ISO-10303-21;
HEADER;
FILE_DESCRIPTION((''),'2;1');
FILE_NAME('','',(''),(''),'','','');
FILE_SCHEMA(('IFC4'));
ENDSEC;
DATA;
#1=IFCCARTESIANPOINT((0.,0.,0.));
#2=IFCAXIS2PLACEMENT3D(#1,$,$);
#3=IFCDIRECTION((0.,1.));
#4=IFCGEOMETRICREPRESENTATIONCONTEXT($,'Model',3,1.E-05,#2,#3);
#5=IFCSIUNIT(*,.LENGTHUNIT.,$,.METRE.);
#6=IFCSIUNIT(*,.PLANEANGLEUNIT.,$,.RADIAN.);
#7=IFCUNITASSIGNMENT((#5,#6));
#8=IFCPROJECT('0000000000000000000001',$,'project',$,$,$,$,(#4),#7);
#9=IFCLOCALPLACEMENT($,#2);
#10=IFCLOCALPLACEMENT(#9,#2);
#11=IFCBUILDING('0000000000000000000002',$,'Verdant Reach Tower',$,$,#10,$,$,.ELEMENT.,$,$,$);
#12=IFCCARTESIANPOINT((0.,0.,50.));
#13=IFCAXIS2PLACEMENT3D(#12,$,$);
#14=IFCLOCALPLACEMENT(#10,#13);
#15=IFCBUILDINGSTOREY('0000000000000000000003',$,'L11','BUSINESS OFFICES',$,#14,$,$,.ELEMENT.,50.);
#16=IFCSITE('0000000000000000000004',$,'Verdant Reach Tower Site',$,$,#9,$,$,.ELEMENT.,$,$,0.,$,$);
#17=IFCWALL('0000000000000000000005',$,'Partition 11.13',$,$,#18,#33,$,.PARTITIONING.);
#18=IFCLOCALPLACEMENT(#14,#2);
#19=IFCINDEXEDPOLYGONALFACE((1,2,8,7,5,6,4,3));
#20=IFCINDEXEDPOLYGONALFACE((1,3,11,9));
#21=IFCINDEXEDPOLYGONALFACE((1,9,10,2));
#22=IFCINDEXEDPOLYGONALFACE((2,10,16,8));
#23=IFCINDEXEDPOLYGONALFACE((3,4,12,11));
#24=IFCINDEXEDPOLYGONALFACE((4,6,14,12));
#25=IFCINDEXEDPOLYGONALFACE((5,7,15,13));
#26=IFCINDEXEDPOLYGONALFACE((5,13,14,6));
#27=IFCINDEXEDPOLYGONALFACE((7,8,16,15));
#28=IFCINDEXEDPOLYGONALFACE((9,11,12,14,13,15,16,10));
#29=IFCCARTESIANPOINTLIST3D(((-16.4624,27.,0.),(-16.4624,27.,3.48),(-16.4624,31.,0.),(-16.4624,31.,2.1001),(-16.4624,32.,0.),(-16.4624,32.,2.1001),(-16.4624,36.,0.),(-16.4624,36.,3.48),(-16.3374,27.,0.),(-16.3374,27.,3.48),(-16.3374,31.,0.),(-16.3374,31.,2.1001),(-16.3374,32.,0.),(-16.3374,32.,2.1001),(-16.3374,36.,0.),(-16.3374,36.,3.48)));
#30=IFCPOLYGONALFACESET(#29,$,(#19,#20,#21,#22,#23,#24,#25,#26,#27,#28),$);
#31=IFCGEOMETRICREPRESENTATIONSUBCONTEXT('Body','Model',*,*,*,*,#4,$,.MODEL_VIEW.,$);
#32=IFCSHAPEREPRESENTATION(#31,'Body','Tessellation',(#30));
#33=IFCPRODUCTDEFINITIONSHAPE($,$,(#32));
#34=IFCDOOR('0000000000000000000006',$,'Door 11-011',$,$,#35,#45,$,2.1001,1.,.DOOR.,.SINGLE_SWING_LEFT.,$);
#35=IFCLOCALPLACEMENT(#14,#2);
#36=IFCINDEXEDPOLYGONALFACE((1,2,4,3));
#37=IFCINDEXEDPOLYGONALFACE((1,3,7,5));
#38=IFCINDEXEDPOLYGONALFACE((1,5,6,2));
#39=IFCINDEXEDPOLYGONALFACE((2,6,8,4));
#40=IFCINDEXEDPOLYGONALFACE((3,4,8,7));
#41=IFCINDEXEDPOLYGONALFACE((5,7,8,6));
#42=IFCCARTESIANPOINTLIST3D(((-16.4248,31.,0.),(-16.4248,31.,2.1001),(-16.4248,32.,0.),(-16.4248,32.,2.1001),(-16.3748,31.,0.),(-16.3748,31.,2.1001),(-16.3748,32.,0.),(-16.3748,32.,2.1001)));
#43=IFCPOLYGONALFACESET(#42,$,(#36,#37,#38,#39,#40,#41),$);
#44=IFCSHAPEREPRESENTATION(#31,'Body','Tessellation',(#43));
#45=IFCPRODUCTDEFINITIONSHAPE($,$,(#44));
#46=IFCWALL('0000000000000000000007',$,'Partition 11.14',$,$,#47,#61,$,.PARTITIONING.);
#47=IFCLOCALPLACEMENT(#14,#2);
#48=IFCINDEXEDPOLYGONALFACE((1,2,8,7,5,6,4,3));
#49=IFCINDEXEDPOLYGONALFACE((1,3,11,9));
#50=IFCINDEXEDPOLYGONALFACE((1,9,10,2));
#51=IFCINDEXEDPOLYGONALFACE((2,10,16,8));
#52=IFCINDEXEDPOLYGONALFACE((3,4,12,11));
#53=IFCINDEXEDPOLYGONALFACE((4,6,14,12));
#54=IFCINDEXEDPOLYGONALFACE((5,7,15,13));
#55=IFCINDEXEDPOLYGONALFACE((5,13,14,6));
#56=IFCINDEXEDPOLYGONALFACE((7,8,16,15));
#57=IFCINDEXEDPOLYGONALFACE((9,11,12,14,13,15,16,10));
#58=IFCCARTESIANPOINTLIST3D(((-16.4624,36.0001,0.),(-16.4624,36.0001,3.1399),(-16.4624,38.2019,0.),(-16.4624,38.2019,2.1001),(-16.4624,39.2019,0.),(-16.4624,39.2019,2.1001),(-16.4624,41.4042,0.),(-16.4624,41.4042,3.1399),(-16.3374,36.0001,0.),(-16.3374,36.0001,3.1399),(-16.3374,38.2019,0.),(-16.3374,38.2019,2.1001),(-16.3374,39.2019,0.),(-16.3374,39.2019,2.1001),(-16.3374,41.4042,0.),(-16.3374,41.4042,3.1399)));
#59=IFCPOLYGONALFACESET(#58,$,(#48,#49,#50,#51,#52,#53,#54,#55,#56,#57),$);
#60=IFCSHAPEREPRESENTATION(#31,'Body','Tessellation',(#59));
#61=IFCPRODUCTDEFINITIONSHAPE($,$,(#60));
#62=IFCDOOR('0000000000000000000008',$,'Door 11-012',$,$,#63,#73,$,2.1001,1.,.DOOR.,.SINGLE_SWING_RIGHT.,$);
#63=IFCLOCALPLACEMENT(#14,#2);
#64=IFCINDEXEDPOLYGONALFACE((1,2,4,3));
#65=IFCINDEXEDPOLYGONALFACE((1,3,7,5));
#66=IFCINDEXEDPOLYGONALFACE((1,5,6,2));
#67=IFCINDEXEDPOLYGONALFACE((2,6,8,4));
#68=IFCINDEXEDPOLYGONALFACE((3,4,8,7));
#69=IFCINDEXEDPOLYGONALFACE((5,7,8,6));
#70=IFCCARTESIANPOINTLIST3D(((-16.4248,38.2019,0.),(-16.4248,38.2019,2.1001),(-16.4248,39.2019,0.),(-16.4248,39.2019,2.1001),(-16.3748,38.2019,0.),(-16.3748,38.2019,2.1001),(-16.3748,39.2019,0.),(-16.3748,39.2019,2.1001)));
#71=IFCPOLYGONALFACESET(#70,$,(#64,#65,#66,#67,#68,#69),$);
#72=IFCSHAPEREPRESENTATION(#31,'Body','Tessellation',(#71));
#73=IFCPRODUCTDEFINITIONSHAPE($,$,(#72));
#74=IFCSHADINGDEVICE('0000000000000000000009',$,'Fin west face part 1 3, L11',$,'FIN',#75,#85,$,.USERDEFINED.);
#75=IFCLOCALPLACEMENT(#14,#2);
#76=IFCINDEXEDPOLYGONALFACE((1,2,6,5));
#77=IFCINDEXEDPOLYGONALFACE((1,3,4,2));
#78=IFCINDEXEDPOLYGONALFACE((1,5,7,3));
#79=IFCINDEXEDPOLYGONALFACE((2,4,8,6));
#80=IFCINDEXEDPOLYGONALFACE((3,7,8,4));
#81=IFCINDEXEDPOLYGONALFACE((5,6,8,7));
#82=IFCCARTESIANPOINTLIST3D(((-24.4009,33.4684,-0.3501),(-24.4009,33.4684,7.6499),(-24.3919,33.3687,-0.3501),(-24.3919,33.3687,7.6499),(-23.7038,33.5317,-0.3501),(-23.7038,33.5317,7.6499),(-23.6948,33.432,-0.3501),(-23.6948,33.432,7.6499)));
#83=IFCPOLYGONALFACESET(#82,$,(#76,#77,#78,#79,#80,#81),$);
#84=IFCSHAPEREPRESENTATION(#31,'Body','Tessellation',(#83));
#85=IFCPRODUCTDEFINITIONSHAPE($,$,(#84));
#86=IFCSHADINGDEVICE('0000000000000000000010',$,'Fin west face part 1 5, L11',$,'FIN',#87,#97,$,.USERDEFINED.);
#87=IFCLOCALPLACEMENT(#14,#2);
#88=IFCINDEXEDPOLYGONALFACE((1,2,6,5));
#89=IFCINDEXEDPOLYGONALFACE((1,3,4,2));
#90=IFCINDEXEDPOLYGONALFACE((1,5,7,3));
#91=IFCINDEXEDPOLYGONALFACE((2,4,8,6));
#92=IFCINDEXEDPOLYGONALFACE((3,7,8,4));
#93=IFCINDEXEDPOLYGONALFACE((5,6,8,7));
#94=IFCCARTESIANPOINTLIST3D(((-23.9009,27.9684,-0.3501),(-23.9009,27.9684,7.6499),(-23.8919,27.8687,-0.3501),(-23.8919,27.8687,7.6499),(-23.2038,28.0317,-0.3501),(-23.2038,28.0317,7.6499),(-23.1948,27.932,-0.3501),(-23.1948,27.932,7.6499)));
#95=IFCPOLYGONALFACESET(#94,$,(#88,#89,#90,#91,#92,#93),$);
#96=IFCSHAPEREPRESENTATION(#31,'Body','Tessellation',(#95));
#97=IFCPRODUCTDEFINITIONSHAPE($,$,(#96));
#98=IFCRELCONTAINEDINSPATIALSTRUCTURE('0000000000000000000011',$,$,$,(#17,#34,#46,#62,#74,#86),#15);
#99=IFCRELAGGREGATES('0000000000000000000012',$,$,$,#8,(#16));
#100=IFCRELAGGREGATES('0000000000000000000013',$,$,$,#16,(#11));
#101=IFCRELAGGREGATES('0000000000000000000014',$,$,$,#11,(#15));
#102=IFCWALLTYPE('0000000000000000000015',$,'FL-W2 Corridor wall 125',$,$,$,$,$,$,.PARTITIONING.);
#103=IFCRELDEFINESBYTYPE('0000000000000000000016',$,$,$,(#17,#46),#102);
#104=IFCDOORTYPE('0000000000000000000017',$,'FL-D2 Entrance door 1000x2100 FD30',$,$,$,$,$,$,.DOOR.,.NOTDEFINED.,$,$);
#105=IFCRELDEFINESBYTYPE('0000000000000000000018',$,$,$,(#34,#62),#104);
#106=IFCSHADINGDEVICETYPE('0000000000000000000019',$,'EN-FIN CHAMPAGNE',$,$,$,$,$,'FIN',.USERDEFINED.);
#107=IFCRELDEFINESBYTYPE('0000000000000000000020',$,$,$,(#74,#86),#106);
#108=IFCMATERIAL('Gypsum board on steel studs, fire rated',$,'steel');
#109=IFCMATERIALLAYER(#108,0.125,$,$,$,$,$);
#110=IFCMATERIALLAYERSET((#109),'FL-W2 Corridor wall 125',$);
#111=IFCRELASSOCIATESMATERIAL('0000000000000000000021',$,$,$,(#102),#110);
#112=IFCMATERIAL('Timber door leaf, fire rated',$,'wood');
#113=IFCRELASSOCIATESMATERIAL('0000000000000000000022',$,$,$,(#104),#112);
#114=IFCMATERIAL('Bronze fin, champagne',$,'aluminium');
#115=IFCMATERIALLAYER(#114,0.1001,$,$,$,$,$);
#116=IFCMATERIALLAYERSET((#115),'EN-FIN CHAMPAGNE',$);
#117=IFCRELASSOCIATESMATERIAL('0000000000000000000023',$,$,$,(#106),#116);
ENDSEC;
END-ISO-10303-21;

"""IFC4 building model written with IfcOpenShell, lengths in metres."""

from ifc_helpers import new_model, si_unit, direction, frame, frame_2d, origin, origin_2d, place, context, subcontext, project, spatial, rectangle, extrude, material, layer, layer_set, type_object, element, fill, save


model = new_model("IFC4")

# Units and contexts
model_context = context("Model", 3, precision=1e-05, world=origin(), true_north=direction((0.0, 1.0)))
body_context = subcontext(model_context, "Body", "Model", "MODEL_VIEW")
ifc_project = project(units=[si_unit("LENGTHUNIT", "METRE"), si_unit("PLANEANGLEUNIT", "RADIAN")], contexts=[model_context])

# Site, building, storey
site_placement = place(None, origin())
site = spatial("IfcSite", under=ifc_project, at=site_placement, Name="Verdant Reach Tower Site", CompositionType="ELEMENT", RefElevation=0.0)
building_placement = place(site_placement, origin())
building = spatial("IfcBuilding", under=site, at=building_placement, Name="Verdant Reach Tower", CompositionType="ELEMENT")
storey_placement = place(building_placement, frame((0.0, 0.0, 50.0)))
storey = spatial("IfcBuildingStorey", under=building, at=storey_placement, Name="L11", Description="BUSINESS OFFICES", CompositionType="ELEMENT", Elevation=50.0)

# Walls, openings, doors
ifc_material_1 = material(Name="Gypsum board on steel studs, fire rated", Category="steel")
ifc_layer_1 = layer(ifc_material_1, 0.125)
ifc_layer_set_1 = layer_set([ifc_layer_1], Name="FL-W2 Corridor wall 125")
wall_type_1 = type_object("IfcWallType", Name="FL-W2 Corridor wall 125", PredefinedType="PARTITIONING", material=ifc_layer_set_1)
wall_1_placement = place(storey_placement, frame((-16.3999, 27.0, 0.0), z_axis=(0.0, 0.0, 1.0), x_axis=(0.0, 1.0, 0.0)))
wall_1 = element("IfcWall", 1, at=wall_1_placement, inside=storey, type_object=wall_type_1, Name="Partition 11.13", PredefinedType="PARTITIONING", context=body_context, shape_type="SweptSolid", body=[
    extrude(rectangle(XDim=9.0, YDim=0.125, at=frame_2d((4.5, 0.0))), origin(), (0.0, 0.0, 1.0), 3.48),
])
opening_1_placement = place(wall_1_placement, frame((4.0, 0.0, 0.0)))
opening_1 = element("IfcOpeningElement", 2, at=opening_1_placement, cuts=wall_1, PredefinedType="OPENING", context=body_context, shape_type="SweptSolid", body=[
    extrude(rectangle(XDim=1.0, YDim=2.1001, at=frame_2d((0.5, 1.05))), frame((0.0, 0.0725, 0.0), z_axis=(0.0, -1.0, 0.0), x_axis=(1.0, 0.0, 0.0)), (0.0, 0.0, 1.0), 0.145),
])
ifc_material_2 = material(Name="Timber door leaf, fire rated", Category="wood")
door_type = type_object("IfcDoorType", Name="FL-D2 Entrance door 1000x2100 FD30", OperationType="NOTDEFINED", PredefinedType="DOOR", material=ifc_material_2)
door_1_placement = place(opening_1_placement, origin())
door_1 = element("IfcDoor", 3, at=door_1_placement, inside=storey, type_object=door_type, Name="Door 11-011", OperationType="SINGLE_SWING_LEFT", OverallHeight=2.1001, OverallWidth=1.0, PredefinedType="DOOR", context=body_context, shape_type="SweptSolid", body=[
    extrude(rectangle(XDim=1.0, YDim=2.1001, at=frame_2d((0.5, 1.05))), frame((0.0, 0.0249, 0.0), z_axis=(0.0, -1.0, 0.0), x_axis=(1.0, 0.0, 0.0)), (0.0, 0.0, 1.0), 0.05),
])
fill(opening_1, door_1)
wall_2_placement = place(storey_placement, frame((-16.3999, 36.0, 0.0), z_axis=(0.0, 0.0, 1.0), x_axis=(0.0, 1.0, 0.0)))
wall_2 = element("IfcWall", 4, at=wall_2_placement, inside=storey, type_object=wall_type_1, Name="Partition 11.14", PredefinedType="PARTITIONING", context=body_context, shape_type="SweptSolid", body=[
    extrude(rectangle(XDim=5.4041, YDim=0.125, at=frame_2d((2.7021, 0.0))), origin(), (0.0, 0.0, 1.0), 3.1399),
])
opening_2_placement = place(wall_2_placement, frame((2.2019, 0.0, 0.0)))
opening_2 = element("IfcOpeningElement", 5, at=opening_2_placement, cuts=wall_2, PredefinedType="OPENING", context=body_context, shape_type="SweptSolid", body=[
    extrude(rectangle(XDim=1.0, YDim=2.1001, at=frame_2d((0.5, 1.05))), frame((0.0, 0.0725, 0.0), z_axis=(0.0, -1.0, 0.0), x_axis=(1.0, 0.0, 0.0)), (0.0, 0.0, 1.0), 0.145),
])
door_2_placement = place(opening_2_placement, origin())
door_2 = element("IfcDoor", 6, at=door_2_placement, inside=storey, type_object=door_type, Name="Door 11-012", OperationType="SINGLE_SWING_RIGHT", OverallHeight=2.1001, OverallWidth=1.0, PredefinedType="DOOR", context=body_context, shape_type="SweptSolid", body=[
    extrude(rectangle(XDim=1.0, YDim=2.1001, at=frame_2d((0.5, 1.05))), frame((0.0, 0.0249, 0.0), z_axis=(0.0, -1.0, 0.0), x_axis=(1.0, 0.0, 0.0)), (0.0, 0.0, 1.0), 0.05),
])
fill(opening_2, door_2)

# Shading devices
ifc_material_3 = material(Name="Bronze fin, champagne", Category="aluminium")
ifc_layer_2 = layer(ifc_material_3, 0.1001)
ifc_layer_set_2 = layer_set([ifc_layer_2], Name="EN-FIN CHAMPAGNE")
shading_device_type = type_object("IfcShadingDeviceType", Name="EN-FIN CHAMPAGNE", ElementType="FIN", PredefinedType="USERDEFINED", material=ifc_layer_set_2)
for number, where, z_axis, x_axis, name in (
    (7, (-24.0479, 33.4502, -0.3501), (0.0, 0.0, 1.0), (0.090536, -0.995893, 0.0), "Fin west face part 1 3, L11"),
    (8, (-23.5479, 27.9502, -0.3501), (0.0, 0.0, 1.0), (0.090536, -0.995893, 0.0), "Fin west face part 1 5, L11"),
):
    element("IfcShadingDevice", number, at=place(storey_placement, frame(where, z_axis=z_axis, x_axis=x_axis)), inside=storey, type_object=shading_device_type, Name=name, ObjectType="FIN", PredefinedType="USERDEFINED", context=body_context, shape_type="SweptSolid", body=[
        extrude(rectangle(XDim=0.1001, YDim=0.7, at=origin_2d()), origin(), (0.0, 0.0, 1.0), 8.0),
    ])

save(model, "model.ifc")
